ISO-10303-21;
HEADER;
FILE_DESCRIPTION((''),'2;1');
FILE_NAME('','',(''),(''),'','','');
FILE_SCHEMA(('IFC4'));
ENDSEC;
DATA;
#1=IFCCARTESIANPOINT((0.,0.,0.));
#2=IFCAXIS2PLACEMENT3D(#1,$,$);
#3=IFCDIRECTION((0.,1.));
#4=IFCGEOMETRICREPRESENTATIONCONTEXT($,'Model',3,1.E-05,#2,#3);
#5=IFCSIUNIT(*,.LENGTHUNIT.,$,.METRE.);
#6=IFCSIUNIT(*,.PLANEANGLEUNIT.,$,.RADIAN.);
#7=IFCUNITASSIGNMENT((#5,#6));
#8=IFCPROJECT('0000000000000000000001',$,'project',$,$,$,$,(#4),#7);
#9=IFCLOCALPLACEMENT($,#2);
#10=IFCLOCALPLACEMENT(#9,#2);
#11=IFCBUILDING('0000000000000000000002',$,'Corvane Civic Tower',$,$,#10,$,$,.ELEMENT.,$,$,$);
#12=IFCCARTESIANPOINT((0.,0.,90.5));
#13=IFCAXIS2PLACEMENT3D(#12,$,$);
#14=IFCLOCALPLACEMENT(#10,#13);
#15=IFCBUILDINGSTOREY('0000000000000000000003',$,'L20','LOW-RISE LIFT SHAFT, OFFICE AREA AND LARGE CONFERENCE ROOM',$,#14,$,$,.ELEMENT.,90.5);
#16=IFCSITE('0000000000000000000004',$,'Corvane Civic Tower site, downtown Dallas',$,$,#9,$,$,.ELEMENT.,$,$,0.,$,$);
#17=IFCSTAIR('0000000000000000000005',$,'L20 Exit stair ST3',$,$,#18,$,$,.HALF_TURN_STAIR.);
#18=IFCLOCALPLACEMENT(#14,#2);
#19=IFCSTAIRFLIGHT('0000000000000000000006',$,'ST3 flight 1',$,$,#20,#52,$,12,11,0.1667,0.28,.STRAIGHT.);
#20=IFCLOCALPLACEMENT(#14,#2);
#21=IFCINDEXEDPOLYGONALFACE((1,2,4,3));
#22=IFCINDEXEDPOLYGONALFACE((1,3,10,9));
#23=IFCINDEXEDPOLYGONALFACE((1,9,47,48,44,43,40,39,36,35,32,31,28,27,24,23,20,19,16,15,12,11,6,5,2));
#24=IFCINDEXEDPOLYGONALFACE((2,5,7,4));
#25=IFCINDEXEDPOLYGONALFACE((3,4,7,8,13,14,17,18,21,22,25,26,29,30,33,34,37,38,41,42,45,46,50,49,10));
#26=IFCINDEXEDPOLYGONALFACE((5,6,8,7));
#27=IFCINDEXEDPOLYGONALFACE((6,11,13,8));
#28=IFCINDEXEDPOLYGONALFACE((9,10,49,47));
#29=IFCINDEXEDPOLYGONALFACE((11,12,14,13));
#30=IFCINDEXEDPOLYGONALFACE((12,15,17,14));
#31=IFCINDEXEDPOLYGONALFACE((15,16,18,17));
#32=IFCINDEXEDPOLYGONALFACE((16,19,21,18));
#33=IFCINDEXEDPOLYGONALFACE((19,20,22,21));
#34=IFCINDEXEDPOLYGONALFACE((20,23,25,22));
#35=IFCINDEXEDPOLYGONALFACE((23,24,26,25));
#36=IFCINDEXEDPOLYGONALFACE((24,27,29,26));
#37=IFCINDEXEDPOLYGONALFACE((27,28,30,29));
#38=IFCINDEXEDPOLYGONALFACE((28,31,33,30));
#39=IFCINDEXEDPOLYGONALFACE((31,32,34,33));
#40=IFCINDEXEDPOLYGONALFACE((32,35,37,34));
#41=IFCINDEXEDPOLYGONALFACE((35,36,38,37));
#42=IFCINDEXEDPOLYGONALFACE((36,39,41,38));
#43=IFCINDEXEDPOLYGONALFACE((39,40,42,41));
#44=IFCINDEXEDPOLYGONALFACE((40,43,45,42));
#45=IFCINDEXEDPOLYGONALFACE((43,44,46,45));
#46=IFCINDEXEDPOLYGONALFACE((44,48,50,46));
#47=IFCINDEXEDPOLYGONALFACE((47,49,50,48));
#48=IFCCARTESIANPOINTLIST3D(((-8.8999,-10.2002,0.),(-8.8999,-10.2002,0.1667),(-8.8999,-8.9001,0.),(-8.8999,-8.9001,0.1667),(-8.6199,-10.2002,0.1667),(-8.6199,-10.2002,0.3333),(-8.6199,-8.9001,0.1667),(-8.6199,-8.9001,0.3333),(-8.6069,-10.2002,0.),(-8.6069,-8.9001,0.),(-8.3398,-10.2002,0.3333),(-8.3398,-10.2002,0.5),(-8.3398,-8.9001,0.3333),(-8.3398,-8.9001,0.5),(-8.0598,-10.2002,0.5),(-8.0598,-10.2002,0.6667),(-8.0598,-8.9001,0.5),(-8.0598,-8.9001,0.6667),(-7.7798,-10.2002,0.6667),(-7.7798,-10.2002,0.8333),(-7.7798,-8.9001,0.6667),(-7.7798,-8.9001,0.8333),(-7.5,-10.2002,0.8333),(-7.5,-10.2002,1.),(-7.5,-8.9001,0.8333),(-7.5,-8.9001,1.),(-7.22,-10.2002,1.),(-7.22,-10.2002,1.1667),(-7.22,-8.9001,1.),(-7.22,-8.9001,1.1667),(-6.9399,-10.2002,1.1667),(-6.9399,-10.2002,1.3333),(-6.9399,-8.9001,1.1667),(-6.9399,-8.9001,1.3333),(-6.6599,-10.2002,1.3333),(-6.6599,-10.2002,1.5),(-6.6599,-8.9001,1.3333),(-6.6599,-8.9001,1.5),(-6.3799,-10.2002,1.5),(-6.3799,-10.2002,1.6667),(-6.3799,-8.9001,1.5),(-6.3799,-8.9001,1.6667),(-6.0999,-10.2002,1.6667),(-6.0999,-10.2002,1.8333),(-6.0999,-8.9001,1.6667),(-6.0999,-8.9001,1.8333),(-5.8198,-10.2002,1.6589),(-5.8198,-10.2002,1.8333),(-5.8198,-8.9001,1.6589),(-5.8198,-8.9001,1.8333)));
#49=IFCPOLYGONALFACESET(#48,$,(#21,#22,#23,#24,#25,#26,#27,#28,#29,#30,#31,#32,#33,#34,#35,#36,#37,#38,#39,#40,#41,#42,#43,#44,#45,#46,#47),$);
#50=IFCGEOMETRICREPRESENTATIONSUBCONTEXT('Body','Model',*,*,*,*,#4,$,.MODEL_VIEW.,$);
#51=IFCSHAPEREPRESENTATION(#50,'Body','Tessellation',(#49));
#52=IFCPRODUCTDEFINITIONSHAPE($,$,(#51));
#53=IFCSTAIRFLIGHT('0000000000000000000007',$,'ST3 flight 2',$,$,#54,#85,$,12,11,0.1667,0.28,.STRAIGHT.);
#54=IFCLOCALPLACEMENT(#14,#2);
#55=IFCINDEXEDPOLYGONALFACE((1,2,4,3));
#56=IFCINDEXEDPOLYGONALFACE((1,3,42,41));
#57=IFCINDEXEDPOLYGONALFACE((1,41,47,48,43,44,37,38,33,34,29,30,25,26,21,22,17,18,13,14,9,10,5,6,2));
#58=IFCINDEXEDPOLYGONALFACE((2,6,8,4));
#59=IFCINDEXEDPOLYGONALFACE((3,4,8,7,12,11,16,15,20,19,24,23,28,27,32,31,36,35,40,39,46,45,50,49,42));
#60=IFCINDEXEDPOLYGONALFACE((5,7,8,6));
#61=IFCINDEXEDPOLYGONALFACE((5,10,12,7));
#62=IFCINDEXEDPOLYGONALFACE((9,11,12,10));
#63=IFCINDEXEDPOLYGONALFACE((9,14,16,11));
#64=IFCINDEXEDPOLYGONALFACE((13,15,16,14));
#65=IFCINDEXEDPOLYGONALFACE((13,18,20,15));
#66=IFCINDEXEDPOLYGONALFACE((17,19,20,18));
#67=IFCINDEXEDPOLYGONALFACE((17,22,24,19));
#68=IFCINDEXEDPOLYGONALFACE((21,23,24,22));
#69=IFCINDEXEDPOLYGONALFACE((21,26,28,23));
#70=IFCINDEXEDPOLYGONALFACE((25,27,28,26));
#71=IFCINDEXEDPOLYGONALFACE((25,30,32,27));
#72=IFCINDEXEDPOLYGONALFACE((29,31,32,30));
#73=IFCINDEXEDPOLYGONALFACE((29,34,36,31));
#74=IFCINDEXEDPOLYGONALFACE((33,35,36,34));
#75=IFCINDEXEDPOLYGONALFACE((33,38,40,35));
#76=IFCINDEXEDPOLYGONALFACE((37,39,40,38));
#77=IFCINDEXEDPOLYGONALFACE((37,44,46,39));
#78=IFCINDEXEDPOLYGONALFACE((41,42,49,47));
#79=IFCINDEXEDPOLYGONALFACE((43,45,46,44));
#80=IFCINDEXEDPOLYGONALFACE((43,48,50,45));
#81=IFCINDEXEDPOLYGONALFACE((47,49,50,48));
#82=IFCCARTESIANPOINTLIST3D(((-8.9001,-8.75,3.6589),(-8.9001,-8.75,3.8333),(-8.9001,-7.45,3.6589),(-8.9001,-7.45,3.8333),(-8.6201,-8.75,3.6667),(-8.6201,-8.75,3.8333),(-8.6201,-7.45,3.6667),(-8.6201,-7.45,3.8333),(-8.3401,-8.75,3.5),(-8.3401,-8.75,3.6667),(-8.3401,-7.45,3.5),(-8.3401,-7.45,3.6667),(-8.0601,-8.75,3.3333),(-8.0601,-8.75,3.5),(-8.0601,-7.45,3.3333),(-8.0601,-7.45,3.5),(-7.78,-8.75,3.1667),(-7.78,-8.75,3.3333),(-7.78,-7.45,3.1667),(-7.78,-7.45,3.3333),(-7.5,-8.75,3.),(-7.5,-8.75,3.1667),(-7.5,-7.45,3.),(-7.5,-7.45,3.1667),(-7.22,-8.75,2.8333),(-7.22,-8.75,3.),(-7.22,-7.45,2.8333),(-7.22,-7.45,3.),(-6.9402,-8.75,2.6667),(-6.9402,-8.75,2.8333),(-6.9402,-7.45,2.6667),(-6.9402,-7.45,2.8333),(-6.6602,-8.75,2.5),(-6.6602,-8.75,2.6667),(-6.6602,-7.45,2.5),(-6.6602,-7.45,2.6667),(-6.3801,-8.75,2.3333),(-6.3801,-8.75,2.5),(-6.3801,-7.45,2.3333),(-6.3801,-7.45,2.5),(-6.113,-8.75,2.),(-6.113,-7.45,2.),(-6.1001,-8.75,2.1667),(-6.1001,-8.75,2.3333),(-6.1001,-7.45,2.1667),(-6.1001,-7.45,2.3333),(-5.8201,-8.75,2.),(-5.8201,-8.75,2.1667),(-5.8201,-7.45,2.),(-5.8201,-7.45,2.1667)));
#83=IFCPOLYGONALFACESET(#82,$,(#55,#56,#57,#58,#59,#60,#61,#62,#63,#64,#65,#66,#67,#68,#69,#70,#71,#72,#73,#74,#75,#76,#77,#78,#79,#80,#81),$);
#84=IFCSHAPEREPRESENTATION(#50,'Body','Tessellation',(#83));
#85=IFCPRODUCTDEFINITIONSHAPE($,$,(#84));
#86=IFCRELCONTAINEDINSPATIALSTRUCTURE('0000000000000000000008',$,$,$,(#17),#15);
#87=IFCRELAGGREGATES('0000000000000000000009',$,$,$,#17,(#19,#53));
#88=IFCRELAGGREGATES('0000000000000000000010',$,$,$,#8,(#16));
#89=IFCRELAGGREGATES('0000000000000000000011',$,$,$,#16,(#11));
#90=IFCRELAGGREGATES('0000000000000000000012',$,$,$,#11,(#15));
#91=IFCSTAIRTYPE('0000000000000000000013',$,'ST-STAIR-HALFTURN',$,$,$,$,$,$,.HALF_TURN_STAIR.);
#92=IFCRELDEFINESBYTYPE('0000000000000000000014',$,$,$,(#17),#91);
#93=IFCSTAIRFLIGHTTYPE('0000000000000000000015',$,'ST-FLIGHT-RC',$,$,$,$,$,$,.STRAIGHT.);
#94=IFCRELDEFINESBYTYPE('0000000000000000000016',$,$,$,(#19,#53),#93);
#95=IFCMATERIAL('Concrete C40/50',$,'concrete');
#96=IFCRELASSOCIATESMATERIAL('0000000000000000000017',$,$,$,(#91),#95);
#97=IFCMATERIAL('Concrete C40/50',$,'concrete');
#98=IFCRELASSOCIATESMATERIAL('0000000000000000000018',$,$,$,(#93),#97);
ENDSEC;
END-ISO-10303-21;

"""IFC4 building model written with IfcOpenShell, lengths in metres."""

from ifc_helpers import new_model, si_unit, direction, frame, origin, place, context, subcontext, project, spatial, polyline, outline, extrude, material, type_object, element, aggregate, save


model = new_model("IFC4")

# Units and contexts
model_context = context("Model", 3, precision=1e-05, world=origin(), true_north=direction((0.0, 1.0)))
body_context = subcontext(model_context, "Body", "Model", "MODEL_VIEW")
ifc_project = project(units=[si_unit("LENGTHUNIT", "METRE"), si_unit("PLANEANGLEUNIT", "RADIAN")], contexts=[model_context])

# Site, building, storey
site_placement = place(None, origin())
site = spatial("IfcSite", under=ifc_project, at=site_placement, Name="Corvane Civic Tower site, downtown Dallas", CompositionType="ELEMENT", RefElevation=0.0)
building_placement = place(site_placement, origin())
building = spatial("IfcBuilding", under=site, at=building_placement, Name="Corvane Civic Tower", CompositionType="ELEMENT")
storey_placement = place(building_placement, frame((0.0, 0.0, 90.5)))
storey = spatial("IfcBuildingStorey", under=building, at=storey_placement, Name="L20", Description="LOW-RISE LIFT SHAFT, OFFICE AREA AND LARGE CONFERENCE ROOM", CompositionType="ELEMENT", Elevation=90.5)

# Stair, stair flights
ifc_material_1 = material(Name="Concrete C40/50", Category="concrete")
stair_type = type_object("IfcStairType", Name="ST-STAIR-HALFTURN", PredefinedType="HALF_TURN_STAIR", material=ifc_material_1)
stair_placement = place(storey_placement, origin())
stair = element("IfcStair", 1, at=stair_placement, inside=storey, type_object=stair_type, Name="L20 Exit stair ST3", PredefinedType="HALF_TURN_STAIR")
ifc_material_2 = material(Name="Concrete C40/50", Category="concrete")
stair_flight_type = type_object("IfcStairFlightType", Name="ST-FLIGHT-RC", PredefinedType="STRAIGHT", material=ifc_material_2)
stair_flight_1_placement = place(storey_placement, frame((-8.8999, -9.55, 0.0), z_axis=(0.0, 0.0, 1.0), x_axis=(1.0, 0.0, 0.0)))
stair_flight_1 = element("IfcStairFlight", 2, at=stair_flight_1_placement, type_object=stair_flight_type, Name="ST3 flight 1", NumberOfRisers=12, NumberOfTreads=11, PredefinedType="STRAIGHT", RiserHeight=0.1667, TreadLength=0.28, context=body_context, shape_type="SweptSolid", body=[
    extrude(outline(polyline([(0.0, 0.0), (0.0, 0.1667), (0.28, 0.1667), (0.28, 0.3333), (0.5601, 0.3333), (0.5601, 0.5), (0.8401, 0.5), (0.8401, 0.6667), (1.1201, 0.6667), (1.1201, 0.8333), (1.3999, 0.8333), (1.3999, 1.0), (1.6799, 1.0), (1.6799, 1.1667), (1.96, 1.1667), (1.96, 1.3333), (2.24, 1.3333), (2.24, 1.5), (2.52, 1.5), (2.52, 1.6667), (2.8, 1.6667), (2.8, 1.8333), (3.0801, 1.8333), (3.0801, 2.0), (3.0801, 1.6589), (0.293, 0.0), (0.0, 0.0)])), frame((0.0, 0.6499, 0.0), z_axis=(0.0, -1.0, 0.0), x_axis=(1.0, 0.0, 0.0)), (0.0, 0.0, 1.0), 1.3),
])
stair_flight_2_placement = place(storey_placement, frame((-5.8201, -8.1001, 2.0), z_axis=(0.0, 0.0, 1.0), x_axis=(-1.0, 0.0, 0.0)))
stair_flight_2 = element("IfcStairFlight", 3, at=stair_flight_2_placement, type_object=stair_flight_type, Name="ST3 flight 2", NumberOfRisers=12, NumberOfTreads=11, PredefinedType="STRAIGHT", RiserHeight=0.1667, TreadLength=0.28, context=body_context, shape_type="SweptSolid", body=[
    extrude(outline(polyline([(0.0, 0.0), (0.0, 0.1667), (0.28, 0.1667), (0.28, 0.3333), (0.5601, 0.3333), (0.5601, 0.5), (0.8401, 0.5), (0.8401, 0.6667), (1.1201, 0.6667), (1.1201, 0.8333), (1.3999, 0.8333), (1.3999, 1.0), (1.6799, 1.0), (1.6799, 1.1667), (1.96, 1.1667), (1.96, 1.3333), (2.24, 1.3333), (2.24, 1.5), (2.52, 1.5), (2.52, 1.6667), (2.8, 1.6667), (2.8, 1.8333), (3.0801, 1.8333), (3.0801, 2.0), (3.0801, 1.6589), (0.293, 0.0), (0.0, 0.0)])), frame((0.0, 0.6499, 0.0), z_axis=(0.0, -1.0, 0.0), x_axis=(1.0, 0.0, 0.0)), (0.0, 0.0, 1.0), 1.3),
])
aggregate(stair, [stair_flight_1, stair_flight_2])

save(model, "model.ifc")
